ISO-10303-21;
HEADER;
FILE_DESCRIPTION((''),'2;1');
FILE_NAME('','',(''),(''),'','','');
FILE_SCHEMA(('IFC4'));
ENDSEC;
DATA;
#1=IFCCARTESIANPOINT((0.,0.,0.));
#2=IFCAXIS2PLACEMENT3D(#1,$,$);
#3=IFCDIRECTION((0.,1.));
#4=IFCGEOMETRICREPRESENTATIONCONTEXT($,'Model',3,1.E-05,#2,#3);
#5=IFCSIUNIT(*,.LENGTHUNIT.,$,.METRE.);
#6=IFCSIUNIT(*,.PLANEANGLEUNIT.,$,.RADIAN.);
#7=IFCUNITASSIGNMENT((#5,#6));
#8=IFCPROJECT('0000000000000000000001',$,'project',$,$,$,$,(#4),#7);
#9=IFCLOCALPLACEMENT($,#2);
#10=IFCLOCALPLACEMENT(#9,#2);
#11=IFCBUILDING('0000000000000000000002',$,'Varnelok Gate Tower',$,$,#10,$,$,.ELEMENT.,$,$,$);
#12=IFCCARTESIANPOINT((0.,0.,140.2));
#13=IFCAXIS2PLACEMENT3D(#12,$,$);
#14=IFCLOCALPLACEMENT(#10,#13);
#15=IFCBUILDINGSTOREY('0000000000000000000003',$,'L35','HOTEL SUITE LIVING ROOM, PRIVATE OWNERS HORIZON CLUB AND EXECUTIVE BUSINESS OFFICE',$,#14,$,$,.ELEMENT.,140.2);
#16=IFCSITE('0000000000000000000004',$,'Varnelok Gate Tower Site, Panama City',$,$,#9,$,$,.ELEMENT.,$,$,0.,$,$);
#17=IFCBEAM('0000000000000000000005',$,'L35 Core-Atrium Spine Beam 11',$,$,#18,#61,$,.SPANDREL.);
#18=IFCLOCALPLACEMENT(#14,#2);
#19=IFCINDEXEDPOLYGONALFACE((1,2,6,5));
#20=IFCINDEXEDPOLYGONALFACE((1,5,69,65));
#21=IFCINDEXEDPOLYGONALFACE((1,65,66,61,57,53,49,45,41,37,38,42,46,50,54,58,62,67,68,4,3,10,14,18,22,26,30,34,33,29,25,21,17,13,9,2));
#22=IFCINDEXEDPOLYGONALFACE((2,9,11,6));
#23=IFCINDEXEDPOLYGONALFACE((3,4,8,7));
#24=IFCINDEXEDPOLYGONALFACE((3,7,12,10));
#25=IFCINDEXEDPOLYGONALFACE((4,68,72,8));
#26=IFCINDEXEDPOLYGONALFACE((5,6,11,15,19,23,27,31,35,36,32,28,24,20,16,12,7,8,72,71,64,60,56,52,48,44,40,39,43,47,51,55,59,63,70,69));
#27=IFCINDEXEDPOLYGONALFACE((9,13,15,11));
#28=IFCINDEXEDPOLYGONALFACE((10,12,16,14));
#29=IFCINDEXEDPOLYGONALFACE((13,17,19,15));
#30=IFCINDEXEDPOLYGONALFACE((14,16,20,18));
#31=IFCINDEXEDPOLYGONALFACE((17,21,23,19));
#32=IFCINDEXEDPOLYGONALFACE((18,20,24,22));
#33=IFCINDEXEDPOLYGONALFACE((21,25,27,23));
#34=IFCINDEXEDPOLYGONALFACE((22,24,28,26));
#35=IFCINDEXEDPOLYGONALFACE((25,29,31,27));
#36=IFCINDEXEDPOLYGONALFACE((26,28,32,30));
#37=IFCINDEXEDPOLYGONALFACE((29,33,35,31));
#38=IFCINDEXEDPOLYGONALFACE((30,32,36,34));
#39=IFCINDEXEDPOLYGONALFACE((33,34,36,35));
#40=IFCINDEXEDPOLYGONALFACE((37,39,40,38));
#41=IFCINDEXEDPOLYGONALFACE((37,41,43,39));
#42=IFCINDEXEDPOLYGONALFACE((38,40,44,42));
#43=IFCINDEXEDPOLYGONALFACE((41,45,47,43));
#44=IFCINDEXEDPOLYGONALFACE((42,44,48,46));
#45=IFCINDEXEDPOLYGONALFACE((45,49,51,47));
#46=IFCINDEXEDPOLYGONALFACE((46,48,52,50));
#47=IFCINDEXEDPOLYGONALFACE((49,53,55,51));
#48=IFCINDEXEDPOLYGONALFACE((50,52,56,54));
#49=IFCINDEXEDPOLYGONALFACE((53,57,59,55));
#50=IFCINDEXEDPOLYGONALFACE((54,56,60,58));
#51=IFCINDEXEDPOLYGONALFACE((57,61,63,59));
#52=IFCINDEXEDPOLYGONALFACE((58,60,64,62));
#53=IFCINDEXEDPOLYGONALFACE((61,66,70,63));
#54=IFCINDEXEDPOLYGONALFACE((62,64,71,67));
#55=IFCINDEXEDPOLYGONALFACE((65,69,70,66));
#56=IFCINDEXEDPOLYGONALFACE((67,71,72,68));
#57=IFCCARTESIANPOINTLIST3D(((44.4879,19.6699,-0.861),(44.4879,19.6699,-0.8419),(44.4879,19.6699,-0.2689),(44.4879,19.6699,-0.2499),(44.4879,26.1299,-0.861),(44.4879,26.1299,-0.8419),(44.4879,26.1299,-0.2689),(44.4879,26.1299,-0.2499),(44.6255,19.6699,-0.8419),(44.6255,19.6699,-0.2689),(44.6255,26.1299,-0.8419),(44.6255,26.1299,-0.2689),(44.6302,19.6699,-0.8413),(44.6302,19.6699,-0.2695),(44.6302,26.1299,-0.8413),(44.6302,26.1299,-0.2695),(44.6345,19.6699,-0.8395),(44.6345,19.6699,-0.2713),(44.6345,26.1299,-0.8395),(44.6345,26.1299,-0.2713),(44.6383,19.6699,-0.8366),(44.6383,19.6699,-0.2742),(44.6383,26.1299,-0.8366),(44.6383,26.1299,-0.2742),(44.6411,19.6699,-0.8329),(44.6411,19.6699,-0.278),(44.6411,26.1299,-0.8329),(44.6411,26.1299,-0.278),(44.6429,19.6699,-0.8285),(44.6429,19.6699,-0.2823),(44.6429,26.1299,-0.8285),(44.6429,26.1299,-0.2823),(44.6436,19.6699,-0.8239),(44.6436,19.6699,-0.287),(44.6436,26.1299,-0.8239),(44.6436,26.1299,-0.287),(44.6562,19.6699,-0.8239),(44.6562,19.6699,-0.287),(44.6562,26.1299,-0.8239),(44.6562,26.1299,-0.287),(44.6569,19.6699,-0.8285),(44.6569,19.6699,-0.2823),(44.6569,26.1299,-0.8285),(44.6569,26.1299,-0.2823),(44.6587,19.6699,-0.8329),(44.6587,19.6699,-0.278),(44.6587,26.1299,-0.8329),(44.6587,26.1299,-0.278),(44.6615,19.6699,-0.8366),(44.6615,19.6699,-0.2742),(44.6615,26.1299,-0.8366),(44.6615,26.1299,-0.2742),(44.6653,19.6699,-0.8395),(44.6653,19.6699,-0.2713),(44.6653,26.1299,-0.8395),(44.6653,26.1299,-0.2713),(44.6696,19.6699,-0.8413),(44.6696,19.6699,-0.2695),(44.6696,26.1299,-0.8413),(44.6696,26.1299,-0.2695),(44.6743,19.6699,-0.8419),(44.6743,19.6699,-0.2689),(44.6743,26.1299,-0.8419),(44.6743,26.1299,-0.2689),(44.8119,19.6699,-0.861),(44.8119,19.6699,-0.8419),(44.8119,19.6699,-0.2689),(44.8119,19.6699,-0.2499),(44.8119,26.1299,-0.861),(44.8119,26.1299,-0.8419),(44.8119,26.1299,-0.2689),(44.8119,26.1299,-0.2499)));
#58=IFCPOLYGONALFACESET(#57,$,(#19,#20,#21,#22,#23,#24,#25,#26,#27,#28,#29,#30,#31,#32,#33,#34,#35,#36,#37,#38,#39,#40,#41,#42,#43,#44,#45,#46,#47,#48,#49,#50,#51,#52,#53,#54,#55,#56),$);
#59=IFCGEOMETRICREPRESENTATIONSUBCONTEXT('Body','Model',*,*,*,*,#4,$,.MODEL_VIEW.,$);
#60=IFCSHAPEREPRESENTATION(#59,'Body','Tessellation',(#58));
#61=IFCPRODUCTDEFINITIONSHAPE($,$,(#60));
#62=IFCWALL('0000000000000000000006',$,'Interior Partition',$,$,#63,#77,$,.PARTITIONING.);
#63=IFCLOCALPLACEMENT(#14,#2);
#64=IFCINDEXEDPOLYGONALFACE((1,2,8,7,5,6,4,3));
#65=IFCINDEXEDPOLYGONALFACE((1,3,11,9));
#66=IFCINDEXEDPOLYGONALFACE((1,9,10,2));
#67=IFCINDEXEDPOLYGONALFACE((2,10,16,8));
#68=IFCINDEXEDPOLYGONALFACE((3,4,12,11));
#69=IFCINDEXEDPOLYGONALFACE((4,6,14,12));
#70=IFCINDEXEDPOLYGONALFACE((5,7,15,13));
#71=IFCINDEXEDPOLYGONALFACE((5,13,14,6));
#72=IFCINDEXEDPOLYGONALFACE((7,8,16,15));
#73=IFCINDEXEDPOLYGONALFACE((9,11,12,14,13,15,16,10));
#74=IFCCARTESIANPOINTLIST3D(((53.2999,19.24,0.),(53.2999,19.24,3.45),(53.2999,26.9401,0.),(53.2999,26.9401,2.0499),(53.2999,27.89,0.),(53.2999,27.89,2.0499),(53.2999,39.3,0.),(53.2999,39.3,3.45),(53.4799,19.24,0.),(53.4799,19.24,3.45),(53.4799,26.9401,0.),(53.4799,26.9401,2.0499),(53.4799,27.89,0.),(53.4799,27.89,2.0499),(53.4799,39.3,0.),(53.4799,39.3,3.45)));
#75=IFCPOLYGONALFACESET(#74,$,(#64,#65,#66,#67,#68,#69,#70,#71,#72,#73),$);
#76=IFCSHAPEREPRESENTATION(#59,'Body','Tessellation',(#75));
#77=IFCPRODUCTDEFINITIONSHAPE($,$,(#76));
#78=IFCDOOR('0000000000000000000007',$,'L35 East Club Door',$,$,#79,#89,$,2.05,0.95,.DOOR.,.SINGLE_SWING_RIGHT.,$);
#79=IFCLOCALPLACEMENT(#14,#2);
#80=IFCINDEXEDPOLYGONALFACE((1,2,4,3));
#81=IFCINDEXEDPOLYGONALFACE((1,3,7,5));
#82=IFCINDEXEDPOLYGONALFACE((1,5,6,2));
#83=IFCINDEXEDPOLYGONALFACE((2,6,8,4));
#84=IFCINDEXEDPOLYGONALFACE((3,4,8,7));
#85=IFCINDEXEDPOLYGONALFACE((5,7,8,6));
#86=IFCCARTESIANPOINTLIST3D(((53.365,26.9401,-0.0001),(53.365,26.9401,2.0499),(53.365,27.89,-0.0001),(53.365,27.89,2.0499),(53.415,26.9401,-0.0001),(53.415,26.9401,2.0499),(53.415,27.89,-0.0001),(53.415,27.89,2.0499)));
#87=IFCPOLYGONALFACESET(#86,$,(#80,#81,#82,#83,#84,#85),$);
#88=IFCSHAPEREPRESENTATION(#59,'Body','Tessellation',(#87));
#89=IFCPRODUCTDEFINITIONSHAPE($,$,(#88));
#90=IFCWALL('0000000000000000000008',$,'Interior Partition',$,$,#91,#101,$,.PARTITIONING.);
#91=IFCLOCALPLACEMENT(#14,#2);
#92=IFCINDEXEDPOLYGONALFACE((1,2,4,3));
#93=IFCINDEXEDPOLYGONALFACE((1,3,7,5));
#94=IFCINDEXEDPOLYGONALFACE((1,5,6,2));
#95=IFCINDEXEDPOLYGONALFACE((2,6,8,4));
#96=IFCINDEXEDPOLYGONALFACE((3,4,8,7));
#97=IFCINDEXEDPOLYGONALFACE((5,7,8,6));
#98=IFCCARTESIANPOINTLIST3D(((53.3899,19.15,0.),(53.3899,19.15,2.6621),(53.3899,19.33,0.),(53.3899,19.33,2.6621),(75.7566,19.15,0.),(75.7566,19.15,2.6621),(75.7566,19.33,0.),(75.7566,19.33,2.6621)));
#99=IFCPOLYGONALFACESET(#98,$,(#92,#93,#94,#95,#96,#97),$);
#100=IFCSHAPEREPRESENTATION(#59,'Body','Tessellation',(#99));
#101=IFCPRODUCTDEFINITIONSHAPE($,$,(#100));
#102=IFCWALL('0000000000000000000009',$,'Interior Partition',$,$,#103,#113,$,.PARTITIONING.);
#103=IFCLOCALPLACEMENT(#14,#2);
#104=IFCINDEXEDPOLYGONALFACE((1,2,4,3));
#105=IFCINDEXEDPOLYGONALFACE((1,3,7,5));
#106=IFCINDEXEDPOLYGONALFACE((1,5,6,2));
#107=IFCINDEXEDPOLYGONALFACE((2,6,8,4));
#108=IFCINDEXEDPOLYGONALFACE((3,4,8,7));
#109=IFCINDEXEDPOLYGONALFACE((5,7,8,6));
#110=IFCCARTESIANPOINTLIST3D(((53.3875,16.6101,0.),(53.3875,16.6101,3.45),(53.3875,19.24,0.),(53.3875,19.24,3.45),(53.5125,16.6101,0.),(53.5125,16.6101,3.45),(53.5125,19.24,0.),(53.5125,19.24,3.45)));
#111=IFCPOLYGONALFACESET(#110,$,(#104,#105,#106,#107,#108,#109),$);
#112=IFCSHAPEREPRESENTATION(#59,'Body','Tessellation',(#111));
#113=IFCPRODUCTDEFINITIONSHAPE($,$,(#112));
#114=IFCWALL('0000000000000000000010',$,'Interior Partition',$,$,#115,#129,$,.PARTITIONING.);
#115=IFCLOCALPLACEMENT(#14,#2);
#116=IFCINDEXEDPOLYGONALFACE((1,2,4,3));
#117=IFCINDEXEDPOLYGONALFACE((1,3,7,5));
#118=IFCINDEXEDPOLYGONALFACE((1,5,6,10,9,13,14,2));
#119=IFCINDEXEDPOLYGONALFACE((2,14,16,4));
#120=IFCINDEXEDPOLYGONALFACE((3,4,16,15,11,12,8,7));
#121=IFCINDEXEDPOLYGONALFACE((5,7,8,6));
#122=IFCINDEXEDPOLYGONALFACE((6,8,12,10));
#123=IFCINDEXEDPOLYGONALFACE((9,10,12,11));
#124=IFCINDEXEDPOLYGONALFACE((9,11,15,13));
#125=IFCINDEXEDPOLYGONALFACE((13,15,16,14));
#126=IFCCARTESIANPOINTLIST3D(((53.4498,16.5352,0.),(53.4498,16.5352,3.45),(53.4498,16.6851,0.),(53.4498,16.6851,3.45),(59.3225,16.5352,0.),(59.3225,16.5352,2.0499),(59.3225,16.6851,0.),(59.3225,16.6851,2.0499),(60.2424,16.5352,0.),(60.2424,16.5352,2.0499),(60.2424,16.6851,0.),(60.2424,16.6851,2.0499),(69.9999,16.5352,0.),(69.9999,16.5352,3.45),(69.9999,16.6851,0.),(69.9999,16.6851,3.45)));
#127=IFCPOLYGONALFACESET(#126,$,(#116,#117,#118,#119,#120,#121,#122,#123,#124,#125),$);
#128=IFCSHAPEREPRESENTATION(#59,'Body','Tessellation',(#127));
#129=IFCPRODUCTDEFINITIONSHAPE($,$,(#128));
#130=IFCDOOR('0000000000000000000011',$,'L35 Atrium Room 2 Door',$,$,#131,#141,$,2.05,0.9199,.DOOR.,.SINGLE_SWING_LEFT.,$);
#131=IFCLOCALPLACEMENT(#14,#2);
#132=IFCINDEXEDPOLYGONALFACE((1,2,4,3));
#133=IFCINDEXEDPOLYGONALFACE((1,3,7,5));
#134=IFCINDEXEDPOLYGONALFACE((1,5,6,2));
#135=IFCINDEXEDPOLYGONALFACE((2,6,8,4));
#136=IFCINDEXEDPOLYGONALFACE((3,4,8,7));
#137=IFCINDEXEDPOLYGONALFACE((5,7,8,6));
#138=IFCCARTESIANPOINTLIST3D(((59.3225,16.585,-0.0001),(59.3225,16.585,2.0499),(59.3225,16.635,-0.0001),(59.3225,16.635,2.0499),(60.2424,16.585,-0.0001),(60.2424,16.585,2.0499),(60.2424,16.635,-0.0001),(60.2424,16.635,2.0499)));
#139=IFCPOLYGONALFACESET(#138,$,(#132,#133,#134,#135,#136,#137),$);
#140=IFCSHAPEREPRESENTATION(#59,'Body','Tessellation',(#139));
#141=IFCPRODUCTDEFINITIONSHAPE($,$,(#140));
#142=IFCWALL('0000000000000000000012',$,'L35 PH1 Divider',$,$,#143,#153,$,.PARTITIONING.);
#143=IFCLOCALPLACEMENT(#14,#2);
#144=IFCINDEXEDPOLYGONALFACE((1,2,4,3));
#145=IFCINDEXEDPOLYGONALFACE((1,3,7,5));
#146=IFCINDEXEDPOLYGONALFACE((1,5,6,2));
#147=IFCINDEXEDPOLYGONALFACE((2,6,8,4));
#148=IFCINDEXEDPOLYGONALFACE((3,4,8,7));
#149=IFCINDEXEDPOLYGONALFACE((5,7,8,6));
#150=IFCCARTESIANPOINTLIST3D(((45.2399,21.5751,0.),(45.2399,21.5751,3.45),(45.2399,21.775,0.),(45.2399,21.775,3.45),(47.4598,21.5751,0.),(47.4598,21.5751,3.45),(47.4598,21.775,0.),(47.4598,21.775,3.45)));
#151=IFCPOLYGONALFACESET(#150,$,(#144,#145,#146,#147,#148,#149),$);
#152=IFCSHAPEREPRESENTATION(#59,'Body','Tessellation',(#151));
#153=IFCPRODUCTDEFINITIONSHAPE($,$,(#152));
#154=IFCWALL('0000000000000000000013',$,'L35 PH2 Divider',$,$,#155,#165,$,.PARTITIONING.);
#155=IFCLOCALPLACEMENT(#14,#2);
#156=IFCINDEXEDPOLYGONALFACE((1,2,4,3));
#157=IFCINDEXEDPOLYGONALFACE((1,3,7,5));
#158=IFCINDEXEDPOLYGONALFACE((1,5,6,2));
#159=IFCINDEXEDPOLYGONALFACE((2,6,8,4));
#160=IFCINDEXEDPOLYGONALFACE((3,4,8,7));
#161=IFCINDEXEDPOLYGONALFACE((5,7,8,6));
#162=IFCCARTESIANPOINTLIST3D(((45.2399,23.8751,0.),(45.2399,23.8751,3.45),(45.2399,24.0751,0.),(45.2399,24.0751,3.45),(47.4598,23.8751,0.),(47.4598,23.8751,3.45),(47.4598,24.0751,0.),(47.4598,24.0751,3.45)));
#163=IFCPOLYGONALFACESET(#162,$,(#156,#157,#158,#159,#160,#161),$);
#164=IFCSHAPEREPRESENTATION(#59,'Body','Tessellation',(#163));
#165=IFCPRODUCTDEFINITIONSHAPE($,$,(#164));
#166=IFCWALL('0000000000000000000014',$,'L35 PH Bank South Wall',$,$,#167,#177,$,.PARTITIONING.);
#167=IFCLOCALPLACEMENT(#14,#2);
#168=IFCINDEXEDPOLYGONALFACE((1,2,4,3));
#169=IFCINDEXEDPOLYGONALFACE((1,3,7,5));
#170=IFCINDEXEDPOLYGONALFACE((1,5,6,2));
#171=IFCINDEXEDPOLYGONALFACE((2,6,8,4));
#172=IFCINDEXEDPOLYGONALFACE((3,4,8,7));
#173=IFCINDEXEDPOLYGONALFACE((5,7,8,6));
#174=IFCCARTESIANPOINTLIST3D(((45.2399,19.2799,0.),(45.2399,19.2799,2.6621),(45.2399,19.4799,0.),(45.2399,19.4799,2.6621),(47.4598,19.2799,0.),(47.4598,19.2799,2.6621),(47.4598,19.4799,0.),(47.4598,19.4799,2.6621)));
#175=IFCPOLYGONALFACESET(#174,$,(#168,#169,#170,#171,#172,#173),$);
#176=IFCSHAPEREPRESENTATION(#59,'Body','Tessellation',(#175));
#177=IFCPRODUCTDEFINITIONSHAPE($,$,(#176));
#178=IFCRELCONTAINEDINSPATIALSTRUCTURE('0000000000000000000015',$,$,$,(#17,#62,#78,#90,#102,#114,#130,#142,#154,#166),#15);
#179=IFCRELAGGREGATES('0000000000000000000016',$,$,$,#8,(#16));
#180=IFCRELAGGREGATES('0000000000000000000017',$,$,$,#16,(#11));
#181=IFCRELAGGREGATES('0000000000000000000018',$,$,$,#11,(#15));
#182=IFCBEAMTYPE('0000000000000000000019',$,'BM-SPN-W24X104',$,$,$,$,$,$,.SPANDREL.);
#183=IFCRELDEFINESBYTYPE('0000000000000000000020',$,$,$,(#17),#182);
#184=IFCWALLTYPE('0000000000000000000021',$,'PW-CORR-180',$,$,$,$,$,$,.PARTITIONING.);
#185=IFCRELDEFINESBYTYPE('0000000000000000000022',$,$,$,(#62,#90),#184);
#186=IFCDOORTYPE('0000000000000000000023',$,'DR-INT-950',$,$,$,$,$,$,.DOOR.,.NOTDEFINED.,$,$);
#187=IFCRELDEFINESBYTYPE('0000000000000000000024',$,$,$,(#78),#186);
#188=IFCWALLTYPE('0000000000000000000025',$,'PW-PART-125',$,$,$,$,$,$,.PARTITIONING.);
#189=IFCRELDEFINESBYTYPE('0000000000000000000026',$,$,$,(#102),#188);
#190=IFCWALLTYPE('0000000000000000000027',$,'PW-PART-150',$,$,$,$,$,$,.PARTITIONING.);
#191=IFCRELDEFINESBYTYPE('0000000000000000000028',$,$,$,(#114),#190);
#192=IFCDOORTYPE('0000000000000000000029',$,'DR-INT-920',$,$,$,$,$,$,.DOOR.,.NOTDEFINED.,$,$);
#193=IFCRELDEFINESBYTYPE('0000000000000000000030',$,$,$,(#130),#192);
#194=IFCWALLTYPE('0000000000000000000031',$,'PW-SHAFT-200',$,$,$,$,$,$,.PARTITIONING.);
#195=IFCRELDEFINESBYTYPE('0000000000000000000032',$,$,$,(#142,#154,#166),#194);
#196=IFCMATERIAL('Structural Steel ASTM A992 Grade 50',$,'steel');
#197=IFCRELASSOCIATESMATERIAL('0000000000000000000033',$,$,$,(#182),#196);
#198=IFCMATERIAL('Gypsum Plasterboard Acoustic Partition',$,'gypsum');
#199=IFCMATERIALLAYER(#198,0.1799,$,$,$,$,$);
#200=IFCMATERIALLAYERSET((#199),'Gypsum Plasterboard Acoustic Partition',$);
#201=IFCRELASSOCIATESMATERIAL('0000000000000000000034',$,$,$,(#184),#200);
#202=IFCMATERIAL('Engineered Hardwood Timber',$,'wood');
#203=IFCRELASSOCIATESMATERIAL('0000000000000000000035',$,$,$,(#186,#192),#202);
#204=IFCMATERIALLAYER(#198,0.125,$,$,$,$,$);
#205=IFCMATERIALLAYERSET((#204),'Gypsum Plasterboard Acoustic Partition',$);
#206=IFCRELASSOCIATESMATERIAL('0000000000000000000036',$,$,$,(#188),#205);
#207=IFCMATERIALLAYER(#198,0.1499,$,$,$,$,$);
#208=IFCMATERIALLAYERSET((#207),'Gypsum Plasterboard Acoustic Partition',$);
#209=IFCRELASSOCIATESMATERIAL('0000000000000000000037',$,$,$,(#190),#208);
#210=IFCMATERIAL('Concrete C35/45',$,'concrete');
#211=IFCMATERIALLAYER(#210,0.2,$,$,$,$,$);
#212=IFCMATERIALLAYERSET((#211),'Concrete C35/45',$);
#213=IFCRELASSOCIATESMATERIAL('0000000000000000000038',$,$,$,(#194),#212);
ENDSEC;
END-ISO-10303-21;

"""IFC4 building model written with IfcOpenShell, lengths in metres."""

from ifc_helpers import new_model, si_unit, direction, frame, frame_2d, origin, origin_2d, place, context, subcontext, project, spatial, rectangle, i_section, extrude, material, layer, layer_set, material_profile, profile_set, type_object, element, fill, save


model = new_model("IFC4")

# Units and contexts
model_context = context("Model", 3, precision=1e-05, world=origin(), true_north=direction((0.0, 1.0)))
body_context = subcontext(model_context, "Body", "Model", "MODEL_VIEW")
ifc_project = project(units=[si_unit("LENGTHUNIT", "METRE"), si_unit("PLANEANGLEUNIT", "RADIAN")], contexts=[model_context])

# Site, building, storey
site_placement = place(None, origin())
site = spatial("IfcSite", under=ifc_project, at=site_placement, Name="Varnelok Gate Tower Site, Panama City", CompositionType="ELEMENT", RefElevation=0.0)
building_placement = place(site_placement, origin())
building = spatial("IfcBuilding", under=site, at=building_placement, Name="Varnelok Gate Tower", CompositionType="ELEMENT")
storey_placement = place(building_placement, frame((0.0, 0.0, 140.2)))
storey = spatial("IfcBuildingStorey", under=building, at=storey_placement, Name="L35", Description="HOTEL SUITE LIVING ROOM, PRIVATE OWNERS HORIZON CLUB AND EXECUTIVE BUSINESS OFFICE", CompositionType="ELEMENT", Elevation=140.2)

# Shared definitions
ifc_material_1 = material(Name="Structural Steel ASTM A992 Grade 50", Category="steel")

# Beam
ifc_material_profile_1 = material_profile(ifc_material_1, i_section(OverallWidth=0.324, OverallDepth=0.6111, WebThickness=0.0127, FlangeThickness=0.019, FilletRadius=0.0181, at=origin_2d()), Name="W24X104")
ifc_profile_set_1 = profile_set([ifc_material_profile_1], Name="Structural Steel ASTM A992 Grade 50")
beam_type_1 = type_object("IfcBeamType", Name="BM-SPN-W24X104", PredefinedType="SPANDREL", material=ifc_profile_set_1)
beam_1_placement = place(storey_placement, frame((44.6499, 19.6699, -0.5554), z_axis=(0.0, 1.0, 0.0), x_axis=(-1.0, 0.0, 0.0)))
element("IfcBeam", 1, at=beam_1_placement, inside=storey, type_object=beam_type_1, Name="L35 Core-Atrium Spine Beam 11", PredefinedType="SPANDREL", context=body_context, shape_type="SweptSolid", body=[
    extrude(i_section(OverallWidth=0.324, OverallDepth=0.6111, WebThickness=0.0127, FlangeThickness=0.019, FilletRadius=0.0181, at=origin_2d()), origin(), (0.0, 0.0, 1.0), 6.46),
])

# Wall, opening, door
ifc_material_2 = material(Name="Gypsum Plasterboard Acoustic Partition", Category="gypsum")
ifc_layer_1 = layer(ifc_material_2, 0.1799)
ifc_layer_set_1 = layer_set([ifc_layer_1], Name="Gypsum Plasterboard Acoustic Partition")
wall_type_1 = type_object("IfcWallType", Name="PW-CORR-180", PredefinedType="PARTITIONING", material=ifc_layer_set_1)
wall_1_placement = place(storey_placement, frame((53.3899, 19.24, 0.0), z_axis=(0.0, 0.0, 1.0), x_axis=(0.0, 1.0, 0.0)))
wall_1 = element("IfcWall", 2, at=wall_1_placement, inside=storey, type_object=wall_type_1, Name="Interior Partition", PredefinedType="PARTITIONING", context=body_context, shape_type="SweptSolid", body=[
    extrude(rectangle(XDim=20.0601, YDim=0.1799, at=frame_2d((10.03, 0.0))), origin(), (0.0, 0.0, 1.0), 3.45),
])
opening_1_placement = place(wall_1_placement, frame((7.7, 0.0, 0.0)))
opening_1 = element("IfcOpeningElement", 3, at=opening_1_placement, cuts=wall_1, PredefinedType="OPENING", context=body_context, shape_type="SweptSolid", body=[
    extrude(rectangle(XDim=0.95, YDim=2.05, at=frame_2d((0.4751, 1.0249))), frame((0.0, 0.0999, 0.0), z_axis=(0.0, -1.0, 0.0), x_axis=(1.0, 0.0, 0.0)), (0.0, 0.0, 1.0), 0.2),
])
ifc_material_3 = material(Name="Engineered Hardwood Timber", Category="wood")
door_type_1 = type_object("IfcDoorType", Name="DR-INT-950", OperationType="NOTDEFINED", PredefinedType="DOOR", material=ifc_material_3)
door_1_placement = place(opening_1_placement, origin())
door_1 = element("IfcDoor", 4, at=door_1_placement, inside=storey, type_object=door_type_1, Name="L35 East Club Door", OperationType="SINGLE_SWING_RIGHT", OverallHeight=2.05, OverallWidth=0.95, PredefinedType="DOOR", context=body_context, shape_type="SweptSolid", body=[
    extrude(rectangle(XDim=0.95, YDim=2.05, at=frame_2d((0.4751, 1.0249))), frame((0.0, 0.0249, 0.0), z_axis=(0.0, -1.0, 0.0), x_axis=(1.0, 0.0, 0.0)), (0.0, 0.0, 1.0), 0.05),
])
fill(opening_1, door_1)

# Walls
wall_2_placement = place(storey_placement, frame((53.3899, 19.24, 0.0), z_axis=(0.0, 0.0, 1.0), x_axis=(1.0, 0.0, 0.0)))
element("IfcWall", 5, at=wall_2_placement, inside=storey, type_object=wall_type_1, Name="Interior Partition", PredefinedType="PARTITIONING", context=body_context, shape_type="SweptSolid", body=[
    extrude(rectangle(XDim=22.3667, YDim=0.1799, at=frame_2d((11.1833, 0.0))), origin(), (0.0, 0.0, 1.0), 2.6621),
])
ifc_layer_2 = layer(ifc_material_2, 0.125)
ifc_layer_set_2 = layer_set([ifc_layer_2], Name="Gypsum Plasterboard Acoustic Partition")
wall_type_2 = type_object("IfcWallType", Name="PW-PART-125", PredefinedType="PARTITIONING", material=ifc_layer_set_2)
wall_3_placement = place(storey_placement, frame((53.45, 16.6101, 0.0), z_axis=(0.0, 0.0, 1.0), x_axis=(0.0, 1.0, 0.0)))
element("IfcWall", 6, at=wall_3_placement, inside=storey, type_object=wall_type_2, Name="Interior Partition", PredefinedType="PARTITIONING", context=body_context, shape_type="SweptSolid", body=[
    extrude(rectangle(XDim=2.6299, YDim=0.125, at=frame_2d((1.3149, 0.0))), origin(), (0.0, 0.0, 1.0), 3.45),
])

# Wall, opening, door
ifc_layer_3 = layer(ifc_material_2, 0.1499)
ifc_layer_set_3 = layer_set([ifc_layer_3], Name="Gypsum Plasterboard Acoustic Partition")
wall_type_3 = type_object("IfcWallType", Name="PW-PART-150", PredefinedType="PARTITIONING", material=ifc_layer_set_3)
wall_4_placement = place(storey_placement, frame((53.45, 16.6101, 0.0), z_axis=(0.0, 0.0, 1.0), x_axis=(1.0, 0.0, 0.0)))
wall_4 = element("IfcWall", 7, at=wall_4_placement, inside=storey, type_object=wall_type_3, Name="Interior Partition", PredefinedType="PARTITIONING", context=body_context, shape_type="SweptSolid", body=[
    extrude(rectangle(XDim=16.55, YDim=0.1499, at=frame_2d((8.2749, 0.0))), origin(), (0.0, 0.0, 1.0), 3.45),
])
opening_2_placement = place(wall_4_placement, frame((5.8726, 0.0, 0.0)))
opening_2 = element("IfcOpeningElement", 8, at=opening_2_placement, cuts=wall_4, PredefinedType="OPENING", context=body_context, shape_type="SweptSolid", body=[
    extrude(rectangle(XDim=0.9199, YDim=2.05, at=frame_2d((0.46, 1.0249))), frame((0.0, 0.085, 0.0), z_axis=(0.0, -1.0, 0.0), x_axis=(1.0, 0.0, 0.0)), (0.0, 0.0, 1.0), 0.1699),
])
door_type_2 = type_object("IfcDoorType", Name="DR-INT-920", OperationType="NOTDEFINED", PredefinedType="DOOR", material=ifc_material_3)
door_2_placement = place(opening_2_placement, origin())
door_2 = element("IfcDoor", 9, at=door_2_placement, inside=storey, type_object=door_type_2, Name="L35 Atrium Room 2 Door", OperationType="SINGLE_SWING_LEFT", OverallHeight=2.05, OverallWidth=0.9199, PredefinedType="DOOR", context=body_context, shape_type="SweptSolid", body=[
    extrude(rectangle(XDim=0.9199, YDim=2.05, at=frame_2d((0.46, 1.0249))), frame((0.0, 0.0249, 0.0), z_axis=(0.0, -1.0, 0.0), x_axis=(1.0, 0.0, 0.0)), (0.0, 0.0, 1.0), 0.05),
])
fill(opening_2, door_2)

# Walls
ifc_material_4 = material(Name="Concrete C35/45", Category="concrete")
ifc_layer_4 = layer(ifc_material_4, 0.2)
ifc_layer_set_4 = layer_set([ifc_layer_4], Name="Concrete C35/45")
wall_type_4 = type_object("IfcWallType", Name="PW-SHAFT-200", PredefinedType="PARTITIONING", material=ifc_layer_set_4)
for number, where, z_axis, x_axis, name in (
    (10, (45.24, 21.675, 0.0), (0.0, 0.0, 1.0), (1.0, 0.0, 0.0), "L35 PH1 Divider"),
    (11, (45.24, 23.9751, 0.0), (0.0, 0.0, 1.0), (1.0, 0.0, 0.0), "L35 PH2 Divider"),
):
    element("IfcWall", number, at=place(storey_placement, frame(where, z_axis=z_axis, x_axis=x_axis)), inside=storey, type_object=wall_type_4, Name=name, PredefinedType="PARTITIONING", context=body_context, shape_type="SweptSolid", body=[
        extrude(rectangle(XDim=2.22, YDim=0.2, at=frame_2d((1.1099, 0.0))), origin(), (0.0, 0.0, 1.0), 3.45),
    ])
wall_5_placement = place(storey_placement, frame((45.24, 19.3799, 0.0), z_axis=(0.0, 0.0, 1.0), x_axis=(1.0, 0.0, 0.0)))
element("IfcWall", 12, at=wall_5_placement, inside=storey, type_object=wall_type_4, Name="L35 PH Bank South Wall", PredefinedType="PARTITIONING", context=body_context, shape_type="SweptSolid", body=[
    extrude(rectangle(XDim=2.22, YDim=0.2, at=frame_2d((1.1099, 0.0))), origin(), (0.0, 0.0, 1.0), 2.6621),
])

save(model, "model.ifc")
